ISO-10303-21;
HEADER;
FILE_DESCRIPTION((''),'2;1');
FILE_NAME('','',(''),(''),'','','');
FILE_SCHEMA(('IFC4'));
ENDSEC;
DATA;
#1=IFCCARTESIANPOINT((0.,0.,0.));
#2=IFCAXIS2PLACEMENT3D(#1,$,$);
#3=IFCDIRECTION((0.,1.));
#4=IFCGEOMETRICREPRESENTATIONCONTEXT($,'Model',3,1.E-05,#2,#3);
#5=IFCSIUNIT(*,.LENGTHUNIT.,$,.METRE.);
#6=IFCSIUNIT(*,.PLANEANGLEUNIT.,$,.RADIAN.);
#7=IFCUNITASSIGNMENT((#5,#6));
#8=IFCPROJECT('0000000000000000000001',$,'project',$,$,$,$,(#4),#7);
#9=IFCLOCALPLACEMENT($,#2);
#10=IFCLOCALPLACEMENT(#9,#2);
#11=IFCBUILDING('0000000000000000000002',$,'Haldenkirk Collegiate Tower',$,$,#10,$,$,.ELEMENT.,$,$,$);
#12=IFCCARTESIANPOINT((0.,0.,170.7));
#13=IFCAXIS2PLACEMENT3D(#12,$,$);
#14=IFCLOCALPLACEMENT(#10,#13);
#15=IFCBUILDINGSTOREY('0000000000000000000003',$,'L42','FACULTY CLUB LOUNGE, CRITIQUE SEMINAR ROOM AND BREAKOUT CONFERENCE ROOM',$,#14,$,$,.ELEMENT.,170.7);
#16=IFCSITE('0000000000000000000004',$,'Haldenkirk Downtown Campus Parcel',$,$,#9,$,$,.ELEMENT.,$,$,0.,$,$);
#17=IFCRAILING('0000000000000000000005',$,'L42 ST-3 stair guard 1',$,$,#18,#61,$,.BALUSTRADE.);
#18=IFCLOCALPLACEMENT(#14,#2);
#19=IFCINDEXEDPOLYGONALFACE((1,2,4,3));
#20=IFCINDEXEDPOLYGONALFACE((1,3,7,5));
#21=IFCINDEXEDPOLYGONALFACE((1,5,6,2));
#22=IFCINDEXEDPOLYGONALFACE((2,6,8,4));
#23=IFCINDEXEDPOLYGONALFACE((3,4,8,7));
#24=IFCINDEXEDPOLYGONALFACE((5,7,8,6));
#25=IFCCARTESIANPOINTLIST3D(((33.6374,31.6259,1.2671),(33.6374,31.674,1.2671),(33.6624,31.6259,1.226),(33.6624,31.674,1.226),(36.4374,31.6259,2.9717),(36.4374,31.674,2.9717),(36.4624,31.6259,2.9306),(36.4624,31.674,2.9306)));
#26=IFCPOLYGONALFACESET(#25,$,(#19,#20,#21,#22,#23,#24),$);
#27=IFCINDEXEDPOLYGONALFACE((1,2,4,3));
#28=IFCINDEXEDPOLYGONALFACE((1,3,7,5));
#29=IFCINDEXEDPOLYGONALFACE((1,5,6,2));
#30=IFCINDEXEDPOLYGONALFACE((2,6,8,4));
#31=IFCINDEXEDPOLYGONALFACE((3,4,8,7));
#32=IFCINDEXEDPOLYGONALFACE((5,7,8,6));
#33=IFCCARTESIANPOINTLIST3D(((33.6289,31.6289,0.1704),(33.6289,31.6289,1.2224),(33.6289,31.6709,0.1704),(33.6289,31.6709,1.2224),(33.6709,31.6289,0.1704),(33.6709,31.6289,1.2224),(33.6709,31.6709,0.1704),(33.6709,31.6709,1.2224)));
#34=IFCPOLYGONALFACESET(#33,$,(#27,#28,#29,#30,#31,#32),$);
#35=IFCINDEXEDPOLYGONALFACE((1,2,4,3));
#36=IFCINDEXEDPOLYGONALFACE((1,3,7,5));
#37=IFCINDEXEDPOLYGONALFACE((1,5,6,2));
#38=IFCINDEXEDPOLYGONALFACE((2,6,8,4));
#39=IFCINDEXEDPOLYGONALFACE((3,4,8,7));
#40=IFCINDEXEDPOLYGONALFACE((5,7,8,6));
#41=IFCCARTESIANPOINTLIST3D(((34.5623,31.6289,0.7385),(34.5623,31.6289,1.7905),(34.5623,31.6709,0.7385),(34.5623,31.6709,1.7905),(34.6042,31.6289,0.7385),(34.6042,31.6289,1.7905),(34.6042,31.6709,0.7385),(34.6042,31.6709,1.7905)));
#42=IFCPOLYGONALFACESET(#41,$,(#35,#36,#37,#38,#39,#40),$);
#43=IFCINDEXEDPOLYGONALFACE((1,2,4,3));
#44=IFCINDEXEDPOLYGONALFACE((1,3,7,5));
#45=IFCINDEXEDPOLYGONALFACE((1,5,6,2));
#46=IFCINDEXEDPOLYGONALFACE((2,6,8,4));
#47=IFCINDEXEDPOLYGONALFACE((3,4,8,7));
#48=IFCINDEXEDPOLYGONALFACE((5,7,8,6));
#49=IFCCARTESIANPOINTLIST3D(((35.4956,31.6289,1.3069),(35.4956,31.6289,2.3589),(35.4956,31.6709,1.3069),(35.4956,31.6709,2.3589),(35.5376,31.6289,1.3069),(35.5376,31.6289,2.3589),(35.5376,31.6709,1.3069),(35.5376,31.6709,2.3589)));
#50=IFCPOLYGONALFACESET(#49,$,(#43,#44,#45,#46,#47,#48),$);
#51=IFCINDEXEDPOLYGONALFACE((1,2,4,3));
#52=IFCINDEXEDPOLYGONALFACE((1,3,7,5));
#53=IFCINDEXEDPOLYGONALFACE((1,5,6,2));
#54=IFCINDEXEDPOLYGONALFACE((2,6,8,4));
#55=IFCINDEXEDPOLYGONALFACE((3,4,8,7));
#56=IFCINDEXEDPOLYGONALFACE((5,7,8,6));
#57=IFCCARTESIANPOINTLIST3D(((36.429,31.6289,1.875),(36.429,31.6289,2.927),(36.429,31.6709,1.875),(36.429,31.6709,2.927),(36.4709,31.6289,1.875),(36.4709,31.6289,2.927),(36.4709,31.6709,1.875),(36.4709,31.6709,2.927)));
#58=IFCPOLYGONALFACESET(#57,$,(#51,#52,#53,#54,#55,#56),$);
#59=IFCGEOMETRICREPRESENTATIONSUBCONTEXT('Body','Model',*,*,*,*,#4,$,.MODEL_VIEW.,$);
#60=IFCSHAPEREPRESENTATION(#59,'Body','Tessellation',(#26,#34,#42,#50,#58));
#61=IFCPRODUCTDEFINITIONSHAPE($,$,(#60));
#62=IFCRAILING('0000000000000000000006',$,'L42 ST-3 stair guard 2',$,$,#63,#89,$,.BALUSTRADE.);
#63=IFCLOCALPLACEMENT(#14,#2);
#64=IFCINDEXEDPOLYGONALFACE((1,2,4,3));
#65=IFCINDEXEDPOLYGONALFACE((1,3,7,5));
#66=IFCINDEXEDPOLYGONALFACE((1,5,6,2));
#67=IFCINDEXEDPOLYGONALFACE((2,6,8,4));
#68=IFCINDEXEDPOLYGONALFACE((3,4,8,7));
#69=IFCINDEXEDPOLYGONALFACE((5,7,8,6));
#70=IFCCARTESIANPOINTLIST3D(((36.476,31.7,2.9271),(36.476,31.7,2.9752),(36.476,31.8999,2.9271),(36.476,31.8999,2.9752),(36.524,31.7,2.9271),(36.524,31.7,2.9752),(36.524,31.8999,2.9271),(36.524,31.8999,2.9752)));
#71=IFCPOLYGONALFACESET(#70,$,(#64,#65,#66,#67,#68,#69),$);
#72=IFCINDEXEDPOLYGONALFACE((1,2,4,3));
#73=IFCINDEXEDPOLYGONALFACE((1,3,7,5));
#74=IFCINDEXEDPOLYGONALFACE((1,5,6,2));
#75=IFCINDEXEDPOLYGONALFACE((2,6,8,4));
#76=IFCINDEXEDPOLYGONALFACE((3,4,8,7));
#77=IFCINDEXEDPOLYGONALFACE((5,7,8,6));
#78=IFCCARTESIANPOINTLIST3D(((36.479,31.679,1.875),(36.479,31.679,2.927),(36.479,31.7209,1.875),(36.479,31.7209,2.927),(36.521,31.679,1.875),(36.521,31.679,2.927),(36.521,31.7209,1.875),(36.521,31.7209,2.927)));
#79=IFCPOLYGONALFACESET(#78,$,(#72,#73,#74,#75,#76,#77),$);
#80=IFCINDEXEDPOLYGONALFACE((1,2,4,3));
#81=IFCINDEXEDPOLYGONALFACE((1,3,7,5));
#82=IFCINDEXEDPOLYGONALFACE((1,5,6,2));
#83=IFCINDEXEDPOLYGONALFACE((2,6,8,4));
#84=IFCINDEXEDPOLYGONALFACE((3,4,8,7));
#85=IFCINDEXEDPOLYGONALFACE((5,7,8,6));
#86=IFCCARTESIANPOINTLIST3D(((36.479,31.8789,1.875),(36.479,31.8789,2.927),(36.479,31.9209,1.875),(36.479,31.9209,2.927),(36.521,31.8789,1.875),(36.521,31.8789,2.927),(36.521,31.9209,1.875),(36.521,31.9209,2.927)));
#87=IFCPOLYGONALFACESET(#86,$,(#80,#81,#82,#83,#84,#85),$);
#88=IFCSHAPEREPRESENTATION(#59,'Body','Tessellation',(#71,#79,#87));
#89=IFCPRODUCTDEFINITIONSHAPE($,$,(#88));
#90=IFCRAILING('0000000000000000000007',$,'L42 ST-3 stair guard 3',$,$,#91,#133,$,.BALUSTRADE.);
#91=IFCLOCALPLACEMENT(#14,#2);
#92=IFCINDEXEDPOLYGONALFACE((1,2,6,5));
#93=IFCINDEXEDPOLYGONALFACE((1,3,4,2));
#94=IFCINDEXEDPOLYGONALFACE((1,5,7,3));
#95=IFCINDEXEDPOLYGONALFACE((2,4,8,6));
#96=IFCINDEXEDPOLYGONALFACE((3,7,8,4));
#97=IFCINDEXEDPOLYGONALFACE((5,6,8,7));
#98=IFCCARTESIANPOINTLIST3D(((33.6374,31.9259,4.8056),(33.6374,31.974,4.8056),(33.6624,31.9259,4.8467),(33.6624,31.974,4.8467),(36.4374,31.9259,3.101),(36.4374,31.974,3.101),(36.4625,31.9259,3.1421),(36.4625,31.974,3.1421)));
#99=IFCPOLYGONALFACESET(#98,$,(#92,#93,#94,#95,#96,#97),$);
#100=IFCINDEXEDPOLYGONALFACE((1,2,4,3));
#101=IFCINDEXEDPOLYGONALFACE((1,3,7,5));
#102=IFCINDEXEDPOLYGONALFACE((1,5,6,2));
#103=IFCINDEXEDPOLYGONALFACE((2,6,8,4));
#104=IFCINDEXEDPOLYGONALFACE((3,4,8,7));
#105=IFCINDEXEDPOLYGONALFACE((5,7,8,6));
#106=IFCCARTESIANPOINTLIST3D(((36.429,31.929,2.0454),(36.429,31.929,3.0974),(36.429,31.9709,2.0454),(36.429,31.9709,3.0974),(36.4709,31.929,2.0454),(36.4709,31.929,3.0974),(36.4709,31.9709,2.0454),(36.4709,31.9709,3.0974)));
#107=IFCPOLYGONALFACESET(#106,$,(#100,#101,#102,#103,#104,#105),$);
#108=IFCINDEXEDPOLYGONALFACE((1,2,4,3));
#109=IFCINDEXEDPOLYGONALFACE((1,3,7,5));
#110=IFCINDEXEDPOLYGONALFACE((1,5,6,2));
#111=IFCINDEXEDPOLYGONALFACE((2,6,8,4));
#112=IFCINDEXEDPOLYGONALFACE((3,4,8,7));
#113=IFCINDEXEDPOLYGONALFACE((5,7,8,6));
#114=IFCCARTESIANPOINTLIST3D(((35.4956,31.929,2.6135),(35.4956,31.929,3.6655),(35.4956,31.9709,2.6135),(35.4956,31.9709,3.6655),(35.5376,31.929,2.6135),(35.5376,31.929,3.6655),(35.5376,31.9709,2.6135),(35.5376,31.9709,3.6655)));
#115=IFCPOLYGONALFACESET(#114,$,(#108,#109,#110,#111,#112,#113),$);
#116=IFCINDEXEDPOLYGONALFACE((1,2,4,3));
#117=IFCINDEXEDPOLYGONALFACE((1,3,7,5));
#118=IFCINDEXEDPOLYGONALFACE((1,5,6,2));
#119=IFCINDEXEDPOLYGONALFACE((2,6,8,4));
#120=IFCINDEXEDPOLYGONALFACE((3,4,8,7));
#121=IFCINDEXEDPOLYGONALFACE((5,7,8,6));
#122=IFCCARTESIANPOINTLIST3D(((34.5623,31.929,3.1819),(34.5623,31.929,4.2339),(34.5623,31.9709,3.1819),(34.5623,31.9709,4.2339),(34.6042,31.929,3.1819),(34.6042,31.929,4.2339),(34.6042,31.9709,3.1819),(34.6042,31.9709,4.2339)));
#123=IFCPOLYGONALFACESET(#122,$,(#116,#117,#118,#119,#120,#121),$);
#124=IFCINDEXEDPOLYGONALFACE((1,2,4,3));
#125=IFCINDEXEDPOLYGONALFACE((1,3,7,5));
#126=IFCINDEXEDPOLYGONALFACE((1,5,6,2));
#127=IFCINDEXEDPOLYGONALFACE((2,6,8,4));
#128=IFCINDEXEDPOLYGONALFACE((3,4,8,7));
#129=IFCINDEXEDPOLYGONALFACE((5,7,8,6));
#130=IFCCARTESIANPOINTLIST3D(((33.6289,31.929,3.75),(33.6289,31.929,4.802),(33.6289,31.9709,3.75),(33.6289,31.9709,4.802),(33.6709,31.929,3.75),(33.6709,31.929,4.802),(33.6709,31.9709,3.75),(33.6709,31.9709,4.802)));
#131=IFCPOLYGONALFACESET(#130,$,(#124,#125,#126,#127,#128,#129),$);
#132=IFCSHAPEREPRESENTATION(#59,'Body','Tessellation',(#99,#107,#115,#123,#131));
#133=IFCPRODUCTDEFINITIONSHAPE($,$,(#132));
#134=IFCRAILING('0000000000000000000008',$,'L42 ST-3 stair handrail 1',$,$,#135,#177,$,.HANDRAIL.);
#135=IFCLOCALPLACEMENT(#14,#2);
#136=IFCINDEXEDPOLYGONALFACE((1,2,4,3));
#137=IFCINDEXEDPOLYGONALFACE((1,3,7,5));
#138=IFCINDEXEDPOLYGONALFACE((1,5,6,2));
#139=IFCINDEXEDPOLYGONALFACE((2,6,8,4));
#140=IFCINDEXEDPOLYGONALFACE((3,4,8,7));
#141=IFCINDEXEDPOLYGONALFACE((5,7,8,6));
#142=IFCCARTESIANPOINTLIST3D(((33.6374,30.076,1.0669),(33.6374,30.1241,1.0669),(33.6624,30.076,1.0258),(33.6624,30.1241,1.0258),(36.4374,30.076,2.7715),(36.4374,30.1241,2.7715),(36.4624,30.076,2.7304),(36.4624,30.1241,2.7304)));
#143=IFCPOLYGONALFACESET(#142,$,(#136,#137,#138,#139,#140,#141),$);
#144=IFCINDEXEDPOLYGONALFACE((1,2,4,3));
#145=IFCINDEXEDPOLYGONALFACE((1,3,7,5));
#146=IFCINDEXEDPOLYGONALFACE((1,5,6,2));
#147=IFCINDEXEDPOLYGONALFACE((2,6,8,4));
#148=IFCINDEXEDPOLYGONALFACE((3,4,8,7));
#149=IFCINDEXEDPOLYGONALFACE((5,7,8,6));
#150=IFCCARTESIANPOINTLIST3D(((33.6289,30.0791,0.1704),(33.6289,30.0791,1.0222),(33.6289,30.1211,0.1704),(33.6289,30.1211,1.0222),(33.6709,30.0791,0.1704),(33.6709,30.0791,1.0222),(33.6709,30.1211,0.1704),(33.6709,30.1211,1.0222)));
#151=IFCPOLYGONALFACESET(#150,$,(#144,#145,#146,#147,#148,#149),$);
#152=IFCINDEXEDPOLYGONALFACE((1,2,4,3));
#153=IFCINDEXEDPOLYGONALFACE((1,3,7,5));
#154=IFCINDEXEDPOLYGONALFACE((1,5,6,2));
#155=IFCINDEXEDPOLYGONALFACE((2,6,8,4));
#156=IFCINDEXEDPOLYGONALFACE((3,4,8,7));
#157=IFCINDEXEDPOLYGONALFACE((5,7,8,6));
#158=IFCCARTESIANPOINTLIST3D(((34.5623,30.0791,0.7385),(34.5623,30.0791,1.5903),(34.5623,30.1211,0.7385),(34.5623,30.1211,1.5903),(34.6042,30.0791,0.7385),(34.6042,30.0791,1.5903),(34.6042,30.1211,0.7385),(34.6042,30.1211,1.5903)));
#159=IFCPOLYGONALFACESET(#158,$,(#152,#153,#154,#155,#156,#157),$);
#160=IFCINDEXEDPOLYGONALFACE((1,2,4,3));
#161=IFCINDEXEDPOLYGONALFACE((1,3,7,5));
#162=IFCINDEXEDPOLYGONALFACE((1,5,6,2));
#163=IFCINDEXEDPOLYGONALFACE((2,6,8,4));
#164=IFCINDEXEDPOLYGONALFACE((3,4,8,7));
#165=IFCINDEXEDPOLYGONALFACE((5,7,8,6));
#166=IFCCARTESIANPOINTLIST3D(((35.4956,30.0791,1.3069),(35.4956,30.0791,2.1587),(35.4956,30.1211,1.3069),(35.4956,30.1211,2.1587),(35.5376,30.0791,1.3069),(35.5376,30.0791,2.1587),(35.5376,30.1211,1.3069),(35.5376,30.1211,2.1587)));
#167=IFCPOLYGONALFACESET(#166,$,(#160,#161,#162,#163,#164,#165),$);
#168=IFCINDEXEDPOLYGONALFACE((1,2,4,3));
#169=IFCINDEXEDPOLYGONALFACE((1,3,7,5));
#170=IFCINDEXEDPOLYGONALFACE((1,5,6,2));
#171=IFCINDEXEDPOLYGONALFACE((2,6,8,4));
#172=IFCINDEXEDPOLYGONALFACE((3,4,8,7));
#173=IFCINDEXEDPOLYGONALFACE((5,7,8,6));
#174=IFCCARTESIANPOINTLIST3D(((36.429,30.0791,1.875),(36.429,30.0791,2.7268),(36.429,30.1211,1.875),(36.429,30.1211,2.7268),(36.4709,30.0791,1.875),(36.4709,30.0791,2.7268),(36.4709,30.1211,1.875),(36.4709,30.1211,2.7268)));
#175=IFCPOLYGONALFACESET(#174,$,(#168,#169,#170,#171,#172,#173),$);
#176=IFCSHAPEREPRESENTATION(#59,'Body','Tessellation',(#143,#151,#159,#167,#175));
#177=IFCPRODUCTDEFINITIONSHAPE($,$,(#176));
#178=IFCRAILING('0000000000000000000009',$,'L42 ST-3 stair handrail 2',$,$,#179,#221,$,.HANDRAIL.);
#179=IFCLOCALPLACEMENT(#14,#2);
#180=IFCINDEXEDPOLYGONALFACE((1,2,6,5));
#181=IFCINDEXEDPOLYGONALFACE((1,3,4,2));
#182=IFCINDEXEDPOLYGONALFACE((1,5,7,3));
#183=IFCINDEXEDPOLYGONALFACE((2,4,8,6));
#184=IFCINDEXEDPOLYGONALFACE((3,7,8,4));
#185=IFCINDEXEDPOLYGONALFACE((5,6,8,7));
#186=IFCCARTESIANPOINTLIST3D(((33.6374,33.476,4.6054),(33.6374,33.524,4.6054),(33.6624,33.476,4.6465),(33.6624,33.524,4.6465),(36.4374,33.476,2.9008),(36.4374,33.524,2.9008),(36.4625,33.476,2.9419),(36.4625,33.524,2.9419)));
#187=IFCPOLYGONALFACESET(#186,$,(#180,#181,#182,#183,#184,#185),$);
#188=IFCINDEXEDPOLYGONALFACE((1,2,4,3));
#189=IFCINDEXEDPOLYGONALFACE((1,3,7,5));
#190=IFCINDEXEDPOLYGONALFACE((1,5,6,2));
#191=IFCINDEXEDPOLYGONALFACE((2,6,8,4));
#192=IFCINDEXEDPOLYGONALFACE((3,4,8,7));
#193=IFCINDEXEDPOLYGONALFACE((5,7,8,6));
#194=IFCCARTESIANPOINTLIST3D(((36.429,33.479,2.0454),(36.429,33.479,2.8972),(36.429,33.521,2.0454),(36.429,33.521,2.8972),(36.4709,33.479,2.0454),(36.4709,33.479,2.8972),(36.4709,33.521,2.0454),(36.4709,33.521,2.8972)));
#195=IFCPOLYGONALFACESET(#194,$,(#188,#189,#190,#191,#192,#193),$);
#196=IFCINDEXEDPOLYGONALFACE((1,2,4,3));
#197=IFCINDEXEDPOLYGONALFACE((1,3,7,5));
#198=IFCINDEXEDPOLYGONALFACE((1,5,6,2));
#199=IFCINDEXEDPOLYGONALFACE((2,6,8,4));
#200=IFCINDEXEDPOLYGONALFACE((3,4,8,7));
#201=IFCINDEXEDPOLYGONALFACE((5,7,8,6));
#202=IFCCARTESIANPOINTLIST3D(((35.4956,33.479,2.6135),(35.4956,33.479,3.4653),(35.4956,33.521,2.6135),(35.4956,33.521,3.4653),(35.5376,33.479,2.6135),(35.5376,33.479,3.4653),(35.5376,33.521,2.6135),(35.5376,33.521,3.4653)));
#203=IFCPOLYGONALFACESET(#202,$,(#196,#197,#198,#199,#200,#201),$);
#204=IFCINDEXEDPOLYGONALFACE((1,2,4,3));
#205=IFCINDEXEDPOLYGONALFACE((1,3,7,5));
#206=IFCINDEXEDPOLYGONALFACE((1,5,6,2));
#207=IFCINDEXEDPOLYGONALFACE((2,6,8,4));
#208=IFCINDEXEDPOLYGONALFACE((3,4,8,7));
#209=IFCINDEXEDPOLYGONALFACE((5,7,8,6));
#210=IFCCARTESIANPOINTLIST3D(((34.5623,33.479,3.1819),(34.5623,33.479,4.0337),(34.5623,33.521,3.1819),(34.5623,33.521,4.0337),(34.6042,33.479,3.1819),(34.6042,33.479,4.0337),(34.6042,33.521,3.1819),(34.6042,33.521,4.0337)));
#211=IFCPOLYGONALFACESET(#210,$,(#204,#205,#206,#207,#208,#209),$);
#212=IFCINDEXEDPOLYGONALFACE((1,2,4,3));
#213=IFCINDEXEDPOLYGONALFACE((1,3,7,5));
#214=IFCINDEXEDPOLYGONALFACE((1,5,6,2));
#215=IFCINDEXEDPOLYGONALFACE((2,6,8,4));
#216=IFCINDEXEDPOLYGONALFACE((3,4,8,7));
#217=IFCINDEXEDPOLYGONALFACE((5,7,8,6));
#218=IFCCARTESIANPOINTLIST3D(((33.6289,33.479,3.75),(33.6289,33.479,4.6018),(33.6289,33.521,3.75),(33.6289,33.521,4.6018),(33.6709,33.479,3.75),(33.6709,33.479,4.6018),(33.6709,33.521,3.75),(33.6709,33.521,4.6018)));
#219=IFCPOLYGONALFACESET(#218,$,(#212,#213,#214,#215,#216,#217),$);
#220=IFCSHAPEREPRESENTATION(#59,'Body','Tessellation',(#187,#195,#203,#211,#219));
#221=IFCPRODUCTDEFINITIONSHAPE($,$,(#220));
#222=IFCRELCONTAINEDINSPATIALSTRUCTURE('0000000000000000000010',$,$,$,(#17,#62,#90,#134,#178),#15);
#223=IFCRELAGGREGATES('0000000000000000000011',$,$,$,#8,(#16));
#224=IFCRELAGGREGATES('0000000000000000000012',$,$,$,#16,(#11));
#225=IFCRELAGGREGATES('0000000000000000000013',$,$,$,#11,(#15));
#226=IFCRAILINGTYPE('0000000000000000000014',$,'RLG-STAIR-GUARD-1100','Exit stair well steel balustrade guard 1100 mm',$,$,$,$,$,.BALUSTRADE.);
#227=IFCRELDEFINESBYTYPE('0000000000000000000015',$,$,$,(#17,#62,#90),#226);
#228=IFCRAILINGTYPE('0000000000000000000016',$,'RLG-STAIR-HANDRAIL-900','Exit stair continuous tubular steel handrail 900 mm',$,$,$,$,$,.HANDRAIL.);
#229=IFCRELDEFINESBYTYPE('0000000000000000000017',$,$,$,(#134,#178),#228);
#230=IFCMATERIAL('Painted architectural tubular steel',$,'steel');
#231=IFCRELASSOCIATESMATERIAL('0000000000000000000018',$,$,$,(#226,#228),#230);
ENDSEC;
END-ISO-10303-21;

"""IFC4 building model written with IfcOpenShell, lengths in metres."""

from ifc_helpers import new_model, si_unit, direction, frame, origin, origin_2d, place, context, subcontext, project, spatial, rectangle, extrude, material, type_object, element, save


model = new_model("IFC4")

# Units and contexts
model_context = context("Model", 3, precision=1e-05, world=origin(), true_north=direction((0.0, 1.0)))
body_context = subcontext(model_context, "Body", "Model", "MODEL_VIEW")
ifc_project = project(units=[si_unit("LENGTHUNIT", "METRE"), si_unit("PLANEANGLEUNIT", "RADIAN")], contexts=[model_context])

# Site, building, storey
site_placement = place(None, origin())
site = spatial("IfcSite", under=ifc_project, at=site_placement, Name="Haldenkirk Downtown Campus Parcel", CompositionType="ELEMENT", RefElevation=0.0)
building_placement = place(site_placement, origin())
building = spatial("IfcBuilding", under=site, at=building_placement, Name="Haldenkirk Collegiate Tower", CompositionType="ELEMENT")
storey_placement = place(building_placement, frame((0.0, 0.0, 170.7)))
storey = spatial("IfcBuildingStorey", under=building, at=storey_placement, Name="L42", Description="FACULTY CLUB LOUNGE, CRITIQUE SEMINAR ROOM AND BREAKOUT CONFERENCE ROOM", CompositionType="ELEMENT", Elevation=170.7)

# Railings
ifc_material_1 = material(Name="Painted architectural tubular steel", Category="steel")
railing_type_1 = type_object("IfcRailingType", Name="RLG-STAIR-GUARD-1100", Description="Exit stair well steel balustrade guard 1100 mm", PredefinedType="BALUSTRADE", material=ifc_material_1)
railing_1_placement = place(storey_placement, frame((33.6499, 31.6499, 0.1704)))
element("IfcRailing", 1, at=railing_1_placement, inside=storey, type_object=railing_type_1, Name="L42 ST-3 stair guard 1", PredefinedType="BALUSTRADE", context=body_context, shape_type="SweptSolid", body=[
    extrude(rectangle(XDim=0.0481, YDim=0.0481, at=origin_2d()), frame((0.0, 0.0, 1.0762), z_axis=(0.85417, 0.0, 0.519994), x_axis=(0.0, 1.0, 0.0)), (0.0, 0.0, 1.0), 3.2781),
    extrude(rectangle(XDim=0.042, YDim=0.042, at=origin_2d()), origin(), (0.0, 0.0, 1.0), 1.052),
    extrude(rectangle(XDim=0.042, YDim=0.042, at=origin_2d()), frame((0.9333, 0.0, 0.5681)), (0.0, 0.0, 1.0), 1.052),
    extrude(rectangle(XDim=0.042, YDim=0.042, at=origin_2d()), frame((1.8667, 0.0, 1.1365)), (0.0, 0.0, 1.0), 1.052),
    extrude(rectangle(XDim=0.042, YDim=0.042, at=origin_2d()), frame((2.8, 0.0, 1.7046)), (0.0, 0.0, 1.0), 1.052),
])
railing_2_placement = place(storey_placement, frame((36.5, 31.7, 1.875)))
element("IfcRailing", 2, at=railing_2_placement, inside=storey, type_object=railing_type_1, Name="L42 ST-3 stair guard 2", PredefinedType="BALUSTRADE", context=body_context, shape_type="SweptSolid", body=[
    extrude(rectangle(XDim=0.0481, YDim=0.0481, at=origin_2d()), frame((0.0, 0.0, 1.0762), z_axis=(0.0, 1.0, 0.0), x_axis=(-1.0, 0.0, 0.0)), (0.0, 0.0, 1.0), 0.2),
    extrude(rectangle(XDim=0.042, YDim=0.042, at=origin_2d()), origin(), (0.0, 0.0, 1.0), 1.052),
    extrude(rectangle(XDim=0.042, YDim=0.042, at=origin_2d()), frame((0.0, 0.2, 0.0)), (0.0, 0.0, 1.0), 1.052),
])
railing_3_placement = place(storey_placement, frame((36.45, 31.95, 2.0454)))
element("IfcRailing", 3, at=railing_3_placement, inside=storey, type_object=railing_type_1, Name="L42 ST-3 stair guard 3", PredefinedType="BALUSTRADE", context=body_context, shape_type="SweptSolid", body=[
    extrude(rectangle(XDim=0.0481, YDim=0.0481, at=origin_2d()), frame((0.0, 0.0, 1.0762), z_axis=(-0.85417, 0.0, 0.519994), x_axis=(0.0, -1.0, 0.0)), (0.0, 0.0, 1.0), 3.2781),
    extrude(rectangle(XDim=0.042, YDim=0.042, at=origin_2d()), origin(), (0.0, 0.0, 1.0), 1.052),
    extrude(rectangle(XDim=0.042, YDim=0.042, at=origin_2d()), frame((-0.9333, 0.0, 0.5681)), (0.0, 0.0, 1.0), 1.052),
    extrude(rectangle(XDim=0.042, YDim=0.042, at=origin_2d()), frame((-1.8667, 0.0, 1.1365)), (0.0, 0.0, 1.0), 1.052),
    extrude(rectangle(XDim=0.042, YDim=0.042, at=origin_2d()), frame((-2.8, 0.0, 1.7046)), (0.0, 0.0, 1.0), 1.052),
])
railing_type_2 = type_object("IfcRailingType", Name="RLG-STAIR-HANDRAIL-900", Description="Exit stair continuous tubular steel handrail 900 mm", PredefinedType="HANDRAIL", material=ifc_material_1)
railing_4_placement = place(storey_placement, frame((33.6499, 30.1001, 0.1704)))
element("IfcRailing", 4, at=railing_4_placement, inside=storey, type_object=railing_type_2, Name="L42 ST-3 stair handrail 1", PredefinedType="HANDRAIL", context=body_context, shape_type="SweptSolid", body=[
    extrude(rectangle(XDim=0.0481, YDim=0.0481, at=origin_2d()), frame((0.0, 0.0, 0.876), z_axis=(0.85417, 0.0, 0.519994), x_axis=(0.0, 1.0, 0.0)), (0.0, 0.0, 1.0), 3.2781),
    extrude(rectangle(XDim=0.042, YDim=0.042, at=origin_2d()), origin(), (0.0, 0.0, 1.0), 0.8518),
    extrude(rectangle(XDim=0.042, YDim=0.042, at=origin_2d()), frame((0.9333, 0.0, 0.5681)), (0.0, 0.0, 1.0), 0.8518),
    extrude(rectangle(XDim=0.042, YDim=0.042, at=origin_2d()), frame((1.8667, 0.0, 1.1365)), (0.0, 0.0, 1.0), 0.8518),
    extrude(rectangle(XDim=0.042, YDim=0.042, at=origin_2d()), frame((2.8, 0.0, 1.7046)), (0.0, 0.0, 1.0), 0.8518),
])
railing_5_placement = place(storey_placement, frame((36.45, 33.5, 2.0454)))
element("IfcRailing", 5, at=railing_5_placement, inside=storey, type_object=railing_type_2, Name="L42 ST-3 stair handrail 2", PredefinedType="HANDRAIL", context=body_context, shape_type="SweptSolid", body=[
    extrude(rectangle(XDim=0.0481, YDim=0.0481, at=origin_2d()), frame((0.0, 0.0, 0.876), z_axis=(-0.85417, 0.0, 0.519994), x_axis=(0.0, -1.0, 0.0)), (0.0, 0.0, 1.0), 3.2781),
    extrude(rectangle(XDim=0.042, YDim=0.042, at=origin_2d()), origin(), (0.0, 0.0, 1.0), 0.8518),
    extrude(rectangle(XDim=0.042, YDim=0.042, at=origin_2d()), frame((-0.9333, 0.0, 0.5681)), (0.0, 0.0, 1.0), 0.8518),
    extrude(rectangle(XDim=0.042, YDim=0.042, at=origin_2d()), frame((-1.8667, 0.0, 1.1365)), (0.0, 0.0, 1.0), 0.8518),
    extrude(rectangle(XDim=0.042, YDim=0.042, at=origin_2d()), frame((-2.8, 0.0, 1.7046)), (0.0, 0.0, 1.0), 0.8518),
])

save(model, "model.ifc")
